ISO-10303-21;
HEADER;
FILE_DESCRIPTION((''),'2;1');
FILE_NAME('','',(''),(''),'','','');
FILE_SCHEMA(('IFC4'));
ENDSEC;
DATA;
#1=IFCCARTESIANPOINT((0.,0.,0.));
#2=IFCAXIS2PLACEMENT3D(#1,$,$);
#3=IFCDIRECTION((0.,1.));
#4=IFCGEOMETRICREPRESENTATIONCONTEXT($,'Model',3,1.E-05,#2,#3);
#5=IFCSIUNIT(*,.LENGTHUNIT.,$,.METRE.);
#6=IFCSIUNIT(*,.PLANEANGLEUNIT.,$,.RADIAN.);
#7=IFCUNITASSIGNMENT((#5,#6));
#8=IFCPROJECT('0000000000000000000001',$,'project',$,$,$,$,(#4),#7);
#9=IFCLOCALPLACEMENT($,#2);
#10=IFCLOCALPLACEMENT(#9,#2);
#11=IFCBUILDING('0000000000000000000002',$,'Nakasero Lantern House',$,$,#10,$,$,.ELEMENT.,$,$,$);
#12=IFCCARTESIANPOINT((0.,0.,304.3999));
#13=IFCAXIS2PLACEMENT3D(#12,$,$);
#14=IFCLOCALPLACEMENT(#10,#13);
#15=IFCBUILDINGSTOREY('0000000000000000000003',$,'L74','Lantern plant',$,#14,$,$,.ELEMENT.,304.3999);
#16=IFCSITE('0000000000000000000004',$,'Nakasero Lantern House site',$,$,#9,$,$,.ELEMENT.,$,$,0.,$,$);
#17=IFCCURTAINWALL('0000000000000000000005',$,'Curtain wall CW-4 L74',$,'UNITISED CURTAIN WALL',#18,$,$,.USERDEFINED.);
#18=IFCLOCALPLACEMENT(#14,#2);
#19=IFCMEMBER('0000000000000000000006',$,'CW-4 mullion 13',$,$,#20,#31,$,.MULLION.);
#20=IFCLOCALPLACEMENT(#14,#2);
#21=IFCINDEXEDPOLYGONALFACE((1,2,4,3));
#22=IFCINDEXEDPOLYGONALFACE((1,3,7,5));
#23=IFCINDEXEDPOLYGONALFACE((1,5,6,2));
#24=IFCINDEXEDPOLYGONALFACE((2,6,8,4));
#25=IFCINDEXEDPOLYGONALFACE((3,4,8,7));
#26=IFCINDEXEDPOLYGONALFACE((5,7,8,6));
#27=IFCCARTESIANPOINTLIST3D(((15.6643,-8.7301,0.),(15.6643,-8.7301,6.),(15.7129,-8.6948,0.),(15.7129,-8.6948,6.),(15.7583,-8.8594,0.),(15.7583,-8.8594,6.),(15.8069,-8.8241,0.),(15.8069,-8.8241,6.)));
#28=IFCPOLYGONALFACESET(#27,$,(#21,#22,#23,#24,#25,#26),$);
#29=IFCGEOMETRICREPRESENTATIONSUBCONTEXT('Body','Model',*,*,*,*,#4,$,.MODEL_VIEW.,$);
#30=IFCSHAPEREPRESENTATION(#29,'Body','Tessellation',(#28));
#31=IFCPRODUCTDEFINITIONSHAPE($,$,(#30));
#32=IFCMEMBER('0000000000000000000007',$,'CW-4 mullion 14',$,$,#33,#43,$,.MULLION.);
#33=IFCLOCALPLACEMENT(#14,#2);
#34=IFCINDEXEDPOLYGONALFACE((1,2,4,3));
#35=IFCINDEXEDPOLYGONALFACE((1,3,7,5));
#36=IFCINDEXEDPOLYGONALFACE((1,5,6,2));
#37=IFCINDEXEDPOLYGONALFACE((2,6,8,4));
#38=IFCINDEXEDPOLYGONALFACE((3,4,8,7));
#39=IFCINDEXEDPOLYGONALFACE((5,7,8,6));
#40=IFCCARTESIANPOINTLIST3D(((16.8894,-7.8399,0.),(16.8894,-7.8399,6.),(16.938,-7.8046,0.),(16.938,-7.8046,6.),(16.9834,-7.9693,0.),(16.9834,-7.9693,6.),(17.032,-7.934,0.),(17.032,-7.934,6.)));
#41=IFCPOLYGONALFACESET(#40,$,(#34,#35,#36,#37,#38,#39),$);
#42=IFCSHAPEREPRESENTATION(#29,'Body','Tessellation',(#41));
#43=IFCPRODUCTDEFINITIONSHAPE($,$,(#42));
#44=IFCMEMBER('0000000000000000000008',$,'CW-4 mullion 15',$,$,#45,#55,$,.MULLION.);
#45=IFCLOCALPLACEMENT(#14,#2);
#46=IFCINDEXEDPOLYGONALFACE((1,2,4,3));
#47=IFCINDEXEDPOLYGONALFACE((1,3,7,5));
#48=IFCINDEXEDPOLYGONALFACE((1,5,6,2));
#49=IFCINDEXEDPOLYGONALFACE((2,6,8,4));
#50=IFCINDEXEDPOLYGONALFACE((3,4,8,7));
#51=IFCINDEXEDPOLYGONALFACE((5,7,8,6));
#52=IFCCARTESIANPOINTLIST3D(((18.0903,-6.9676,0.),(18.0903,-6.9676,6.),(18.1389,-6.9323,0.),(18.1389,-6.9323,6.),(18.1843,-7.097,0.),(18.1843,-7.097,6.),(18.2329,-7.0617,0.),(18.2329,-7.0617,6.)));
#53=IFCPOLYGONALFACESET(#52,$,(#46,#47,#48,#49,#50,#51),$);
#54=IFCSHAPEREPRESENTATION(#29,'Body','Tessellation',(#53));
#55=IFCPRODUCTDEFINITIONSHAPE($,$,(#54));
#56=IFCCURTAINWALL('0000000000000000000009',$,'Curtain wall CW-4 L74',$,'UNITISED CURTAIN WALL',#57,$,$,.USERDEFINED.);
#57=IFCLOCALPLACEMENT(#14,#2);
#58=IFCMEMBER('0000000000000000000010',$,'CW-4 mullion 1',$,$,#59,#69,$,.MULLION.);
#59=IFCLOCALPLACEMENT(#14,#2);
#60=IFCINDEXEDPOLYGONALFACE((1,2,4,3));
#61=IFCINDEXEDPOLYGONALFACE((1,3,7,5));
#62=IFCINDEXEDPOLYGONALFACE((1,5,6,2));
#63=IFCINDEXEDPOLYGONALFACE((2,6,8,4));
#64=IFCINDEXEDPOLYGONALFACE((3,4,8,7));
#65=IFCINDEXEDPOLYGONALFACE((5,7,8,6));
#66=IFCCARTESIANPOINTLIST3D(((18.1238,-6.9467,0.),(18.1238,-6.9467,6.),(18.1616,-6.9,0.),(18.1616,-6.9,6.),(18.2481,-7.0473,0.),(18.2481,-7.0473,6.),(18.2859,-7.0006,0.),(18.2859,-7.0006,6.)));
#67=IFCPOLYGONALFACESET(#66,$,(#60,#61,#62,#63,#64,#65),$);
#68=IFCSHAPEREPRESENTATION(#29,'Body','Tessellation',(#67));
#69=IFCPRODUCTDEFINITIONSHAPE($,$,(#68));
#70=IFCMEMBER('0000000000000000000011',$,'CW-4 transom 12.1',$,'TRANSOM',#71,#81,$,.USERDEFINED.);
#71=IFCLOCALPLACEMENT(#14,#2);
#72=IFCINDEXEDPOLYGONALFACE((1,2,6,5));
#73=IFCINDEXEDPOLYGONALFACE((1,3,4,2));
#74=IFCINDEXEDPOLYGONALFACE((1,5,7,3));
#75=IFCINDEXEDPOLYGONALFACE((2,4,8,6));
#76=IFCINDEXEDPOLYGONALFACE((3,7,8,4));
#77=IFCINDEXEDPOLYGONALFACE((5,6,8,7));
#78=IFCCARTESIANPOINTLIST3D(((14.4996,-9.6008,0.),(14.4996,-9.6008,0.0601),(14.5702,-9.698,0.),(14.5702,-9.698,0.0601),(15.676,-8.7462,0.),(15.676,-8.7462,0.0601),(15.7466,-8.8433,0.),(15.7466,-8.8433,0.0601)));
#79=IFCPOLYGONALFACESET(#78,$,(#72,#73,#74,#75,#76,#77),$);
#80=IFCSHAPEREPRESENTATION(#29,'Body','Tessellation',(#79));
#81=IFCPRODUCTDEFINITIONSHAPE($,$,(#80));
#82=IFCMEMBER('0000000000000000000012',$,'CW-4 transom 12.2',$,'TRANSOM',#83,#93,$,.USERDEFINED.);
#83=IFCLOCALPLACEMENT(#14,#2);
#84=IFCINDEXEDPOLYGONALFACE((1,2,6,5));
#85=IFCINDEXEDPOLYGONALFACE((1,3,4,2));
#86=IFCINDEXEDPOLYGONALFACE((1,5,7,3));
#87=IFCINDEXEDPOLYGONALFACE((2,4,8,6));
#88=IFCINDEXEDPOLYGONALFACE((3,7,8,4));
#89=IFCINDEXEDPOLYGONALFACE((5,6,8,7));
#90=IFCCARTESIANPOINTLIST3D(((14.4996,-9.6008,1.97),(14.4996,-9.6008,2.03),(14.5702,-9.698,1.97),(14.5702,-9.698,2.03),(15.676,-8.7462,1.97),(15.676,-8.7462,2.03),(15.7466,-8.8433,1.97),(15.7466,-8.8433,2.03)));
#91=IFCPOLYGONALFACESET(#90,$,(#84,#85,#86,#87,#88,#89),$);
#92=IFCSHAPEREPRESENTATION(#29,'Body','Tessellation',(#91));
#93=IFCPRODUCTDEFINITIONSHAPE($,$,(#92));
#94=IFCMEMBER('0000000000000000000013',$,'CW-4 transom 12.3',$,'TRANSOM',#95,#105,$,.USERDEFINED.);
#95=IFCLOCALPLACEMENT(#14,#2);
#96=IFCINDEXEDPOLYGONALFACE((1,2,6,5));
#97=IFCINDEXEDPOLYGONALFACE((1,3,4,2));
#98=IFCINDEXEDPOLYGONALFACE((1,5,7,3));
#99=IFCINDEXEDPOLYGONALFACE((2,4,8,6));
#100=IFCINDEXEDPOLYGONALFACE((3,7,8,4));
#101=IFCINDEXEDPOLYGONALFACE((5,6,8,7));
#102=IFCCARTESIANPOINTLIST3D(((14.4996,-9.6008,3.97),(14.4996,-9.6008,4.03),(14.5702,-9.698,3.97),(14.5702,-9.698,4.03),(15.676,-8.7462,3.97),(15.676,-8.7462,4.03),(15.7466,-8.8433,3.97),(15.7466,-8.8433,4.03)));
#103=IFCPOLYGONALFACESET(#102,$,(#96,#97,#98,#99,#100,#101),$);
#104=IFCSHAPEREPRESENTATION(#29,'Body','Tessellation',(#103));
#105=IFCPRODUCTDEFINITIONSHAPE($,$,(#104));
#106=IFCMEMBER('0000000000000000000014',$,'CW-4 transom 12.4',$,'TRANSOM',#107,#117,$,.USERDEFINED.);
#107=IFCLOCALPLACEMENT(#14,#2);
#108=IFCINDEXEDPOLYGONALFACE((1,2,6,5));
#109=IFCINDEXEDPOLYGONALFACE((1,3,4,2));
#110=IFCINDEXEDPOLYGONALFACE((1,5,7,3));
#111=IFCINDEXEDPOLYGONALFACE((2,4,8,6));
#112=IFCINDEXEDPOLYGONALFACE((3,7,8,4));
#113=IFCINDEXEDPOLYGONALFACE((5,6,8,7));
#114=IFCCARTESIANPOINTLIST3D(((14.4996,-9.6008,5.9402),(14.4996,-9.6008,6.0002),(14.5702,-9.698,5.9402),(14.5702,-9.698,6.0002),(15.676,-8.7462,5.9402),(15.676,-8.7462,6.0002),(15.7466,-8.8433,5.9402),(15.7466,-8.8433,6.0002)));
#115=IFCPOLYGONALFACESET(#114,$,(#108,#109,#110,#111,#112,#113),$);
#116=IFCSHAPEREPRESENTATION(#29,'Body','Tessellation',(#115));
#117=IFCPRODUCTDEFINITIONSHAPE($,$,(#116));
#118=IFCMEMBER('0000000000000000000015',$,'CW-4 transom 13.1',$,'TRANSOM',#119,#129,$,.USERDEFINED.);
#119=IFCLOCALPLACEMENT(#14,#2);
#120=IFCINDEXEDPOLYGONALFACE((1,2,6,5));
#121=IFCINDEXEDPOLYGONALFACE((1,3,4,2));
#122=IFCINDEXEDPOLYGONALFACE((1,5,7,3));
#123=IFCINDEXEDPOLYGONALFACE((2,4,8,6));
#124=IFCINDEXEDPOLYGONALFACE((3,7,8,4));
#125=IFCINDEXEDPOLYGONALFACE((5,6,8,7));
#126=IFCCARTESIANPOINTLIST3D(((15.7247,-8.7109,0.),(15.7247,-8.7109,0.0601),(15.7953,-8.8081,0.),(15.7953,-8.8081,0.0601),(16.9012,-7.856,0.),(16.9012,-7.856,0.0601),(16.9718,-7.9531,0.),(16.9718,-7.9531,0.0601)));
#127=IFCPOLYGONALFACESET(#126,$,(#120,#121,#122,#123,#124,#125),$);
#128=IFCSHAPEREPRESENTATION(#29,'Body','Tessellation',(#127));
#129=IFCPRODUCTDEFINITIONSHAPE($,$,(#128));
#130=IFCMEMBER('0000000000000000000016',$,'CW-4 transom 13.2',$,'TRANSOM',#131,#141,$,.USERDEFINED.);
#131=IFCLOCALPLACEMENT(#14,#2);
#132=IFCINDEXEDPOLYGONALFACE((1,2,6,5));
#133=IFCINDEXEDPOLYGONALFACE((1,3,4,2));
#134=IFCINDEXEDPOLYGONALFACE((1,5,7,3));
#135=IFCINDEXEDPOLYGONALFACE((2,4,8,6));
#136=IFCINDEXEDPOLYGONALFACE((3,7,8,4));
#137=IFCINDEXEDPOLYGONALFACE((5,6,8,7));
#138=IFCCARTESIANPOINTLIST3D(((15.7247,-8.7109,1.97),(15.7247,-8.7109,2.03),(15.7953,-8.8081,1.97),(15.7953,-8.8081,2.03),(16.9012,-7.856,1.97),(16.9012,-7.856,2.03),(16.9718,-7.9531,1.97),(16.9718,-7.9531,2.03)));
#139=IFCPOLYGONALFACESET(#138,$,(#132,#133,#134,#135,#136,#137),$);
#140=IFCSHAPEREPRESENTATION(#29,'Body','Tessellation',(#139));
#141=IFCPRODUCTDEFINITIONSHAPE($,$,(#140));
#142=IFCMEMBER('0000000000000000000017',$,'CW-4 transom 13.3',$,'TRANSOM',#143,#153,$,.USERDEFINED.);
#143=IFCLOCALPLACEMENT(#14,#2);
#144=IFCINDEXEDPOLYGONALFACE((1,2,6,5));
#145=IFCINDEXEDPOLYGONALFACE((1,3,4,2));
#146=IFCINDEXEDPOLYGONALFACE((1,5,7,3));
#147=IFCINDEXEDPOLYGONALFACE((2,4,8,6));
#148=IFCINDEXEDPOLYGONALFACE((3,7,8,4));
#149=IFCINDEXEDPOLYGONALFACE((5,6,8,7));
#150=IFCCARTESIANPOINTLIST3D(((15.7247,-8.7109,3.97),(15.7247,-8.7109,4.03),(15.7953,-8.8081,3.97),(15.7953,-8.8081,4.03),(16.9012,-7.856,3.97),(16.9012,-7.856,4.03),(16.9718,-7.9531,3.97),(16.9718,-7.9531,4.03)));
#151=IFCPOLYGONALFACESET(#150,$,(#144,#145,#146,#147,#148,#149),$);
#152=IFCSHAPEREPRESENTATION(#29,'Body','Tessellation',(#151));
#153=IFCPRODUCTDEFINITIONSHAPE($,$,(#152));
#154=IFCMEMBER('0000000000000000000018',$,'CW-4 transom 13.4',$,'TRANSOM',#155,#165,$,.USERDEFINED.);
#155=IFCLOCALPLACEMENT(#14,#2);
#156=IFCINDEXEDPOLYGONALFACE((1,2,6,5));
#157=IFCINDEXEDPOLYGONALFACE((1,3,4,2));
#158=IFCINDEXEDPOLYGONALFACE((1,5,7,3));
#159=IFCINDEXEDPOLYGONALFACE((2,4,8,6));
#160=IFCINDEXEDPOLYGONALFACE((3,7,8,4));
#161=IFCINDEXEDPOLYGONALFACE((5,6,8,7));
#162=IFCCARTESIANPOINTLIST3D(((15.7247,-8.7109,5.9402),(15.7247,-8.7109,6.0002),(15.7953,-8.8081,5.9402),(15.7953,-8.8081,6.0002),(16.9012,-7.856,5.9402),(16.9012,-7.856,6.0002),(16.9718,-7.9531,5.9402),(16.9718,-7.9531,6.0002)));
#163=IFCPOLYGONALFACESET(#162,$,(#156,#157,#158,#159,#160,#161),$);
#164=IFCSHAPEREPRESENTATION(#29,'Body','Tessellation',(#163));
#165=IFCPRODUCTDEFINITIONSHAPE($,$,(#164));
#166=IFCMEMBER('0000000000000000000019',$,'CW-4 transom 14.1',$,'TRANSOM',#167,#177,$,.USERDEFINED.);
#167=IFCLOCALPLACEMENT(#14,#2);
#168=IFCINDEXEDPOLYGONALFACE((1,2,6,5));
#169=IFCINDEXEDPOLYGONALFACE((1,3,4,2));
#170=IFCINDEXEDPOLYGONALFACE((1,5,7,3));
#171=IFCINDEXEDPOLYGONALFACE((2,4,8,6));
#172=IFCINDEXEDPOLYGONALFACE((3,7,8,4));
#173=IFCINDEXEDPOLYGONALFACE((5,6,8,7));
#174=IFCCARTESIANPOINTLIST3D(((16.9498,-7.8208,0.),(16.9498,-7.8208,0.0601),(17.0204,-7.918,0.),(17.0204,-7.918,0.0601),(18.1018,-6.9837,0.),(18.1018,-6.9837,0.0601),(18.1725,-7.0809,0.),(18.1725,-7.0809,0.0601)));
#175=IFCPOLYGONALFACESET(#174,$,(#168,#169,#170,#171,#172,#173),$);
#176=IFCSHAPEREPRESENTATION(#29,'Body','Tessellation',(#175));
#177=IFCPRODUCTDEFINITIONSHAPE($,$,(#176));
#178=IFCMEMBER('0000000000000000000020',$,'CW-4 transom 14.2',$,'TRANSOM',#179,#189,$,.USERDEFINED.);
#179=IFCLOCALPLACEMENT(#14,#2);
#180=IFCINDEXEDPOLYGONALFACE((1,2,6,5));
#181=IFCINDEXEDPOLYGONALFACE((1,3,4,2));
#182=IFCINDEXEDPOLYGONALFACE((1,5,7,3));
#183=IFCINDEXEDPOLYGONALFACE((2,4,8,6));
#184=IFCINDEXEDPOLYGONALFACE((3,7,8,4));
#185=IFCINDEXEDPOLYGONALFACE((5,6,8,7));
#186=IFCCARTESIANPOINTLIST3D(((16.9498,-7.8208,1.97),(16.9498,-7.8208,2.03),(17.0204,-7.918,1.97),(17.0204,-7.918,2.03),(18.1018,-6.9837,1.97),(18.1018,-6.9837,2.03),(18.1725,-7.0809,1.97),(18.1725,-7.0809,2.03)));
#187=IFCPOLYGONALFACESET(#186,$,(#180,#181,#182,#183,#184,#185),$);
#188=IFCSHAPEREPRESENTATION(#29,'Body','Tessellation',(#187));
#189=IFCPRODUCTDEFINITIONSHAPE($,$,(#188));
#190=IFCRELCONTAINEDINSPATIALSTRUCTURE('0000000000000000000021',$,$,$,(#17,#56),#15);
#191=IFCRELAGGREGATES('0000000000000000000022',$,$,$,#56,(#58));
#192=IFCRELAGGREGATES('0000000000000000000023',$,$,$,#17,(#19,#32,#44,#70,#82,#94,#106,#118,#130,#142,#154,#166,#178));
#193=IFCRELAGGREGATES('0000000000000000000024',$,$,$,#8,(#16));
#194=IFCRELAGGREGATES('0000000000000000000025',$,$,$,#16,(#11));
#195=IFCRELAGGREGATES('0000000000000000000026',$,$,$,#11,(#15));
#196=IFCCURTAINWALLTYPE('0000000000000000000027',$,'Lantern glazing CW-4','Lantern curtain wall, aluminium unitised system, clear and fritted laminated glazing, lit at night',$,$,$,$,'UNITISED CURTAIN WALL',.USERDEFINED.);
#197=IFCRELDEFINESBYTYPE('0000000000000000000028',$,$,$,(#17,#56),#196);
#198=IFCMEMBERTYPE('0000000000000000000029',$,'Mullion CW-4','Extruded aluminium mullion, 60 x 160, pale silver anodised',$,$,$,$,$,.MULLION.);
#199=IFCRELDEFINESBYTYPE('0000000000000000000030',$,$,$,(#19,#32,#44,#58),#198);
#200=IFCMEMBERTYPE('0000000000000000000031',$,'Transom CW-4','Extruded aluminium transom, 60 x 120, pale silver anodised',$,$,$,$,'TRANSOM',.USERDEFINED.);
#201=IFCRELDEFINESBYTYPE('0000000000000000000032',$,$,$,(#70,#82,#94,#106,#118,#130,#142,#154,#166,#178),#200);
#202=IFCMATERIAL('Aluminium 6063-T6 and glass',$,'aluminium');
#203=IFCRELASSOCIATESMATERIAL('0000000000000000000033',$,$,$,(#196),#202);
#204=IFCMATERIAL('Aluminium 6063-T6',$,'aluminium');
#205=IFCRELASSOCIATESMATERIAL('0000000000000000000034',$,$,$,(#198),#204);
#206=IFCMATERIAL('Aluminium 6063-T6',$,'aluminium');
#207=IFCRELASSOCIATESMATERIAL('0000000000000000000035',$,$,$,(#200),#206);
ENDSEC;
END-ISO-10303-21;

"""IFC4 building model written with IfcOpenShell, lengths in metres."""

from ifc_helpers import new_model, si_unit, direction, frame, origin, origin_2d, place, context, subcontext, project, spatial, rectangle, extrude, material, material_profile, profile_set, type_object, element, aggregate, save


model = new_model("IFC4")

# Units and contexts
model_context = context("Model", 3, precision=1e-05, world=origin(), true_north=direction((0.0, 1.0)))
body_context = subcontext(model_context, "Body", "Model", "MODEL_VIEW")
ifc_project = project(units=[si_unit("LENGTHUNIT", "METRE"), si_unit("PLANEANGLEUNIT", "RADIAN")], contexts=[model_context])

# Site, building, storey
site_placement = place(None, origin())
site = spatial("IfcSite", under=ifc_project, at=site_placement, Name="Nakasero Lantern House site", CompositionType="ELEMENT", RefElevation=0.0)
building_placement = place(site_placement, origin())
building = spatial("IfcBuilding", under=site, at=building_placement, Name="Nakasero Lantern House", CompositionType="ELEMENT")
storey_placement = place(building_placement, frame((0.0, 0.0, 304.3999)))
storey = spatial("IfcBuildingStorey", under=building, at=storey_placement, Name="L74", Description="Lantern plant", CompositionType="ELEMENT", Elevation=304.3999)

# Curtain wall, members
ifc_material_1 = material(Name="Aluminium 6063-T6 and glass", Category="aluminium")
curtain_wall_type = type_object("IfcCurtainWallType", Name="Lantern glazing CW-4", Description="Lantern curtain wall, aluminium unitised system, clear and fritted laminated glazing, lit at night", ElementType="UNITISED CURTAIN WALL", PredefinedType="USERDEFINED", material=ifc_material_1)
curtain_wall_1_placement = place(storey_placement, origin())
curtain_wall_1 = element("IfcCurtainWall", 1, at=curtain_wall_1_placement, inside=storey, type_object=curtain_wall_type, Name="Curtain wall CW-4 L74", ObjectType="UNITISED CURTAIN WALL", PredefinedType="USERDEFINED")
ifc_material_2 = material(Name="Aluminium 6063-T6", Category="aluminium")
ifc_material_profile_1 = material_profile(ifc_material_2, rectangle(XDim=0.0601, YDim=0.1599, at=origin_2d()), Name="CW-4 mullion 60x160")
ifc_profile_set_1 = profile_set([ifc_material_profile_1], Name="Aluminium 6063-T6")
member_type_1 = type_object("IfcMemberType", Name="Mullion CW-4", Description="Extruded aluminium mullion, 60 x 160, pale silver anodised", PredefinedType="MULLION", material=ifc_profile_set_1)
member_1_placement = place(storey_placement, frame((15.7356, -8.7771, 0.0), z_axis=(0.0, 0.0, 1.0), x_axis=(0.809017, 0.587785, 0.0)))
member_1 = element("IfcMember", 2, at=member_1_placement, type_object=member_type_1, Name="CW-4 mullion 13", PredefinedType="MULLION", context=body_context, shape_type="SweptSolid", body=[
    extrude(rectangle(XDim=0.0601, YDim=0.1599, at=origin_2d()), origin(), (0.0, 0.0, 1.0), 6.0),
])
member_2_placement = place(storey_placement, frame((16.9607, -7.887, 0.0), z_axis=(0.0, 0.0, 1.0), x_axis=(0.809017, 0.587785, 0.0)))
member_2 = element("IfcMember", 3, at=member_2_placement, type_object=member_type_1, Name="CW-4 mullion 14", PredefinedType="MULLION", context=body_context, shape_type="SweptSolid", body=[
    extrude(rectangle(XDim=0.0601, YDim=0.1599, at=origin_2d()), origin(), (0.0, 0.0, 1.0), 6.0),
])
member_3_placement = place(storey_placement, frame((18.1616, -7.0146, 0.0), z_axis=(0.0, 0.0, 1.0), x_axis=(0.809017, 0.587785, 0.0)))
member_3 = element("IfcMember", 4, at=member_3_placement, type_object=member_type_1, Name="CW-4 mullion 15", PredefinedType="MULLION", context=body_context, shape_type="SweptSolid", body=[
    extrude(rectangle(XDim=0.0601, YDim=0.1599, at=origin_2d()), origin(), (0.0, 0.0, 1.0), 6.0),
])

# Curtain wall, member
curtain_wall_2_placement = place(storey_placement, origin())
curtain_wall_2 = element("IfcCurtainWall", 5, at=curtain_wall_2_placement, inside=storey, type_object=curtain_wall_type, Name="Curtain wall CW-4 L74", ObjectType="UNITISED CURTAIN WALL", PredefinedType="USERDEFINED")
member_4_placement = place(storey_placement, frame((18.2048, -6.9736, 0.0), z_axis=(0.0, 0.0, 1.0), x_axis=(0.62932, 0.777146, 0.0)))
member_4 = element("IfcMember", 6, at=member_4_placement, type_object=member_type_1, Name="CW-4 mullion 1", PredefinedType="MULLION", context=body_context, shape_type="SweptSolid", body=[
    extrude(rectangle(XDim=0.0601, YDim=0.1599, at=origin_2d()), origin(), (0.0, 0.0, 1.0), 6.0),
])
aggregate(curtain_wall_2, [member_4])

# Members
ifc_material_3 = material(Name="Aluminium 6063-T6", Category="aluminium")
ifc_material_profile_2 = material_profile(ifc_material_3, rectangle(XDim=0.0601, YDim=0.1201, at=origin_2d()), Name="CW-4 transom 60x120")
ifc_profile_set_2 = profile_set([ifc_material_profile_2], Name="Aluminium 6063-T6")
member_type_2 = type_object("IfcMemberType", Name="Transom CW-4", Description="Extruded aluminium transom, 60 x 120, pale silver anodised", ElementType="TRANSOM", PredefinedType="USERDEFINED", material=ifc_profile_set_2)
member_5_placement = place(storey_placement, frame((14.5349, -9.6494, 0.03), z_axis=(0.809034, 0.587762, 0.0), x_axis=(0.0, 0.0, 1.0)))
member_5 = element("IfcMember", 7, at=member_5_placement, type_object=member_type_2, Name="CW-4 transom 12.1", ObjectType="TRANSOM", PredefinedType="USERDEFINED", context=body_context, shape_type="SweptSolid", body=[
    extrude(rectangle(XDim=0.0601, YDim=0.1201, at=origin_2d()), origin(), (0.0, 0.0, 1.0), 1.4541),
])
member_6_placement = place(storey_placement, frame((14.5349, -9.6494, 2.0), z_axis=(0.809034, 0.587762, 0.0), x_axis=(0.0, 0.0, 1.0)))
member_6 = element("IfcMember", 8, at=member_6_placement, type_object=member_type_2, Name="CW-4 transom 12.2", ObjectType="TRANSOM", PredefinedType="USERDEFINED", context=body_context, shape_type="SweptSolid", body=[
    extrude(rectangle(XDim=0.0601, YDim=0.1201, at=origin_2d()), origin(), (0.0, 0.0, 1.0), 1.4541),
])
member_7_placement = place(storey_placement, frame((14.5349, -9.6494, 4.0), z_axis=(0.809034, 0.587762, 0.0), x_axis=(0.0, 0.0, 1.0)))
member_7 = element("IfcMember", 9, at=member_7_placement, type_object=member_type_2, Name="CW-4 transom 12.3", ObjectType="TRANSOM", PredefinedType="USERDEFINED", context=body_context, shape_type="SweptSolid", body=[
    extrude(rectangle(XDim=0.0601, YDim=0.1201, at=origin_2d()), origin(), (0.0, 0.0, 1.0), 1.4541),
])
member_8_placement = place(storey_placement, frame((14.5349, -9.6494, 5.9702), z_axis=(0.809034, 0.587762, 0.0), x_axis=(0.0, 0.0, 1.0)))
member_8 = element("IfcMember", 10, at=member_8_placement, type_object=member_type_2, Name="CW-4 transom 12.4", ObjectType="TRANSOM", PredefinedType="USERDEFINED", context=body_context, shape_type="SweptSolid", body=[
    extrude(rectangle(XDim=0.0601, YDim=0.1201, at=origin_2d()), origin(), (0.0, 0.0, 1.0), 1.4541),
])
member_9_placement = place(storey_placement, frame((15.76, -8.7595, 0.03), z_axis=(0.808954, 0.587872, 0.0), x_axis=(0.0, 0.0, 1.0)))
member_9 = element("IfcMember", 11, at=member_9_placement, type_object=member_type_2, Name="CW-4 transom 13.1", ObjectType="TRANSOM", PredefinedType="USERDEFINED", context=body_context, shape_type="SweptSolid", body=[
    extrude(rectangle(XDim=0.0601, YDim=0.1201, at=origin_2d()), origin(), (0.0, 0.0, 1.0), 1.4543),
])
member_10_placement = place(storey_placement, frame((15.76, -8.7595, 2.0), z_axis=(0.808954, 0.587872, 0.0), x_axis=(0.0, 0.0, 1.0)))
member_10 = element("IfcMember", 12, at=member_10_placement, type_object=member_type_2, Name="CW-4 transom 13.2", ObjectType="TRANSOM", PredefinedType="USERDEFINED", context=body_context, shape_type="SweptSolid", body=[
    extrude(rectangle(XDim=0.0601, YDim=0.1201, at=origin_2d()), origin(), (0.0, 0.0, 1.0), 1.4543),
])
member_11_placement = place(storey_placement, frame((15.76, -8.7595, 4.0), z_axis=(0.808954, 0.587872, 0.0), x_axis=(0.0, 0.0, 1.0)))
member_11 = element("IfcMember", 13, at=member_11_placement, type_object=member_type_2, Name="CW-4 transom 13.3", ObjectType="TRANSOM", PredefinedType="USERDEFINED", context=body_context, shape_type="SweptSolid", body=[
    extrude(rectangle(XDim=0.0601, YDim=0.1201, at=origin_2d()), origin(), (0.0, 0.0, 1.0), 1.4543),
])
member_12_placement = place(storey_placement, frame((15.76, -8.7595, 5.9702), z_axis=(0.808954, 0.587872, 0.0), x_axis=(0.0, 0.0, 1.0)))
member_12 = element("IfcMember", 14, at=member_12_placement, type_object=member_type_2, Name="CW-4 transom 13.4", ObjectType="TRANSOM", PredefinedType="USERDEFINED", context=body_context, shape_type="SweptSolid", body=[
    extrude(rectangle(XDim=0.0601, YDim=0.1201, at=origin_2d()), origin(), (0.0, 0.0, 1.0), 1.4543),
])
member_13_placement = place(storey_placement, frame((16.9851, -7.8694, 0.03), z_axis=(0.808981, 0.587835, 0.0), x_axis=(0.0, 0.0, 1.0)))
member_13 = element("IfcMember", 15, at=member_13_placement, type_object=member_type_2, Name="CW-4 transom 14.1", ObjectType="TRANSOM", PredefinedType="USERDEFINED", context=body_context, shape_type="SweptSolid", body=[
    extrude(rectangle(XDim=0.0601, YDim=0.1201, at=origin_2d()), origin(), (0.0, 0.0, 1.0), 1.4241),
])
member_14_placement = place(storey_placement, frame((16.9851, -7.8694, 2.0), z_axis=(0.808981, 0.587835, 0.0), x_axis=(0.0, 0.0, 1.0)))
member_14 = element("IfcMember", 16, at=member_14_placement, type_object=member_type_2, Name="CW-4 transom 14.2", ObjectType="TRANSOM", PredefinedType="USERDEFINED", context=body_context, shape_type="SweptSolid", body=[
    extrude(rectangle(XDim=0.0601, YDim=0.1201, at=origin_2d()), origin(), (0.0, 0.0, 1.0), 1.4241),
])

aggregate(curtain_wall_1, [member_1, member_2, member_3, member_5, member_6, member_7, member_8, member_9, member_10, member_11, member_12, member_13, member_14])

save(model, "model.ifc")
